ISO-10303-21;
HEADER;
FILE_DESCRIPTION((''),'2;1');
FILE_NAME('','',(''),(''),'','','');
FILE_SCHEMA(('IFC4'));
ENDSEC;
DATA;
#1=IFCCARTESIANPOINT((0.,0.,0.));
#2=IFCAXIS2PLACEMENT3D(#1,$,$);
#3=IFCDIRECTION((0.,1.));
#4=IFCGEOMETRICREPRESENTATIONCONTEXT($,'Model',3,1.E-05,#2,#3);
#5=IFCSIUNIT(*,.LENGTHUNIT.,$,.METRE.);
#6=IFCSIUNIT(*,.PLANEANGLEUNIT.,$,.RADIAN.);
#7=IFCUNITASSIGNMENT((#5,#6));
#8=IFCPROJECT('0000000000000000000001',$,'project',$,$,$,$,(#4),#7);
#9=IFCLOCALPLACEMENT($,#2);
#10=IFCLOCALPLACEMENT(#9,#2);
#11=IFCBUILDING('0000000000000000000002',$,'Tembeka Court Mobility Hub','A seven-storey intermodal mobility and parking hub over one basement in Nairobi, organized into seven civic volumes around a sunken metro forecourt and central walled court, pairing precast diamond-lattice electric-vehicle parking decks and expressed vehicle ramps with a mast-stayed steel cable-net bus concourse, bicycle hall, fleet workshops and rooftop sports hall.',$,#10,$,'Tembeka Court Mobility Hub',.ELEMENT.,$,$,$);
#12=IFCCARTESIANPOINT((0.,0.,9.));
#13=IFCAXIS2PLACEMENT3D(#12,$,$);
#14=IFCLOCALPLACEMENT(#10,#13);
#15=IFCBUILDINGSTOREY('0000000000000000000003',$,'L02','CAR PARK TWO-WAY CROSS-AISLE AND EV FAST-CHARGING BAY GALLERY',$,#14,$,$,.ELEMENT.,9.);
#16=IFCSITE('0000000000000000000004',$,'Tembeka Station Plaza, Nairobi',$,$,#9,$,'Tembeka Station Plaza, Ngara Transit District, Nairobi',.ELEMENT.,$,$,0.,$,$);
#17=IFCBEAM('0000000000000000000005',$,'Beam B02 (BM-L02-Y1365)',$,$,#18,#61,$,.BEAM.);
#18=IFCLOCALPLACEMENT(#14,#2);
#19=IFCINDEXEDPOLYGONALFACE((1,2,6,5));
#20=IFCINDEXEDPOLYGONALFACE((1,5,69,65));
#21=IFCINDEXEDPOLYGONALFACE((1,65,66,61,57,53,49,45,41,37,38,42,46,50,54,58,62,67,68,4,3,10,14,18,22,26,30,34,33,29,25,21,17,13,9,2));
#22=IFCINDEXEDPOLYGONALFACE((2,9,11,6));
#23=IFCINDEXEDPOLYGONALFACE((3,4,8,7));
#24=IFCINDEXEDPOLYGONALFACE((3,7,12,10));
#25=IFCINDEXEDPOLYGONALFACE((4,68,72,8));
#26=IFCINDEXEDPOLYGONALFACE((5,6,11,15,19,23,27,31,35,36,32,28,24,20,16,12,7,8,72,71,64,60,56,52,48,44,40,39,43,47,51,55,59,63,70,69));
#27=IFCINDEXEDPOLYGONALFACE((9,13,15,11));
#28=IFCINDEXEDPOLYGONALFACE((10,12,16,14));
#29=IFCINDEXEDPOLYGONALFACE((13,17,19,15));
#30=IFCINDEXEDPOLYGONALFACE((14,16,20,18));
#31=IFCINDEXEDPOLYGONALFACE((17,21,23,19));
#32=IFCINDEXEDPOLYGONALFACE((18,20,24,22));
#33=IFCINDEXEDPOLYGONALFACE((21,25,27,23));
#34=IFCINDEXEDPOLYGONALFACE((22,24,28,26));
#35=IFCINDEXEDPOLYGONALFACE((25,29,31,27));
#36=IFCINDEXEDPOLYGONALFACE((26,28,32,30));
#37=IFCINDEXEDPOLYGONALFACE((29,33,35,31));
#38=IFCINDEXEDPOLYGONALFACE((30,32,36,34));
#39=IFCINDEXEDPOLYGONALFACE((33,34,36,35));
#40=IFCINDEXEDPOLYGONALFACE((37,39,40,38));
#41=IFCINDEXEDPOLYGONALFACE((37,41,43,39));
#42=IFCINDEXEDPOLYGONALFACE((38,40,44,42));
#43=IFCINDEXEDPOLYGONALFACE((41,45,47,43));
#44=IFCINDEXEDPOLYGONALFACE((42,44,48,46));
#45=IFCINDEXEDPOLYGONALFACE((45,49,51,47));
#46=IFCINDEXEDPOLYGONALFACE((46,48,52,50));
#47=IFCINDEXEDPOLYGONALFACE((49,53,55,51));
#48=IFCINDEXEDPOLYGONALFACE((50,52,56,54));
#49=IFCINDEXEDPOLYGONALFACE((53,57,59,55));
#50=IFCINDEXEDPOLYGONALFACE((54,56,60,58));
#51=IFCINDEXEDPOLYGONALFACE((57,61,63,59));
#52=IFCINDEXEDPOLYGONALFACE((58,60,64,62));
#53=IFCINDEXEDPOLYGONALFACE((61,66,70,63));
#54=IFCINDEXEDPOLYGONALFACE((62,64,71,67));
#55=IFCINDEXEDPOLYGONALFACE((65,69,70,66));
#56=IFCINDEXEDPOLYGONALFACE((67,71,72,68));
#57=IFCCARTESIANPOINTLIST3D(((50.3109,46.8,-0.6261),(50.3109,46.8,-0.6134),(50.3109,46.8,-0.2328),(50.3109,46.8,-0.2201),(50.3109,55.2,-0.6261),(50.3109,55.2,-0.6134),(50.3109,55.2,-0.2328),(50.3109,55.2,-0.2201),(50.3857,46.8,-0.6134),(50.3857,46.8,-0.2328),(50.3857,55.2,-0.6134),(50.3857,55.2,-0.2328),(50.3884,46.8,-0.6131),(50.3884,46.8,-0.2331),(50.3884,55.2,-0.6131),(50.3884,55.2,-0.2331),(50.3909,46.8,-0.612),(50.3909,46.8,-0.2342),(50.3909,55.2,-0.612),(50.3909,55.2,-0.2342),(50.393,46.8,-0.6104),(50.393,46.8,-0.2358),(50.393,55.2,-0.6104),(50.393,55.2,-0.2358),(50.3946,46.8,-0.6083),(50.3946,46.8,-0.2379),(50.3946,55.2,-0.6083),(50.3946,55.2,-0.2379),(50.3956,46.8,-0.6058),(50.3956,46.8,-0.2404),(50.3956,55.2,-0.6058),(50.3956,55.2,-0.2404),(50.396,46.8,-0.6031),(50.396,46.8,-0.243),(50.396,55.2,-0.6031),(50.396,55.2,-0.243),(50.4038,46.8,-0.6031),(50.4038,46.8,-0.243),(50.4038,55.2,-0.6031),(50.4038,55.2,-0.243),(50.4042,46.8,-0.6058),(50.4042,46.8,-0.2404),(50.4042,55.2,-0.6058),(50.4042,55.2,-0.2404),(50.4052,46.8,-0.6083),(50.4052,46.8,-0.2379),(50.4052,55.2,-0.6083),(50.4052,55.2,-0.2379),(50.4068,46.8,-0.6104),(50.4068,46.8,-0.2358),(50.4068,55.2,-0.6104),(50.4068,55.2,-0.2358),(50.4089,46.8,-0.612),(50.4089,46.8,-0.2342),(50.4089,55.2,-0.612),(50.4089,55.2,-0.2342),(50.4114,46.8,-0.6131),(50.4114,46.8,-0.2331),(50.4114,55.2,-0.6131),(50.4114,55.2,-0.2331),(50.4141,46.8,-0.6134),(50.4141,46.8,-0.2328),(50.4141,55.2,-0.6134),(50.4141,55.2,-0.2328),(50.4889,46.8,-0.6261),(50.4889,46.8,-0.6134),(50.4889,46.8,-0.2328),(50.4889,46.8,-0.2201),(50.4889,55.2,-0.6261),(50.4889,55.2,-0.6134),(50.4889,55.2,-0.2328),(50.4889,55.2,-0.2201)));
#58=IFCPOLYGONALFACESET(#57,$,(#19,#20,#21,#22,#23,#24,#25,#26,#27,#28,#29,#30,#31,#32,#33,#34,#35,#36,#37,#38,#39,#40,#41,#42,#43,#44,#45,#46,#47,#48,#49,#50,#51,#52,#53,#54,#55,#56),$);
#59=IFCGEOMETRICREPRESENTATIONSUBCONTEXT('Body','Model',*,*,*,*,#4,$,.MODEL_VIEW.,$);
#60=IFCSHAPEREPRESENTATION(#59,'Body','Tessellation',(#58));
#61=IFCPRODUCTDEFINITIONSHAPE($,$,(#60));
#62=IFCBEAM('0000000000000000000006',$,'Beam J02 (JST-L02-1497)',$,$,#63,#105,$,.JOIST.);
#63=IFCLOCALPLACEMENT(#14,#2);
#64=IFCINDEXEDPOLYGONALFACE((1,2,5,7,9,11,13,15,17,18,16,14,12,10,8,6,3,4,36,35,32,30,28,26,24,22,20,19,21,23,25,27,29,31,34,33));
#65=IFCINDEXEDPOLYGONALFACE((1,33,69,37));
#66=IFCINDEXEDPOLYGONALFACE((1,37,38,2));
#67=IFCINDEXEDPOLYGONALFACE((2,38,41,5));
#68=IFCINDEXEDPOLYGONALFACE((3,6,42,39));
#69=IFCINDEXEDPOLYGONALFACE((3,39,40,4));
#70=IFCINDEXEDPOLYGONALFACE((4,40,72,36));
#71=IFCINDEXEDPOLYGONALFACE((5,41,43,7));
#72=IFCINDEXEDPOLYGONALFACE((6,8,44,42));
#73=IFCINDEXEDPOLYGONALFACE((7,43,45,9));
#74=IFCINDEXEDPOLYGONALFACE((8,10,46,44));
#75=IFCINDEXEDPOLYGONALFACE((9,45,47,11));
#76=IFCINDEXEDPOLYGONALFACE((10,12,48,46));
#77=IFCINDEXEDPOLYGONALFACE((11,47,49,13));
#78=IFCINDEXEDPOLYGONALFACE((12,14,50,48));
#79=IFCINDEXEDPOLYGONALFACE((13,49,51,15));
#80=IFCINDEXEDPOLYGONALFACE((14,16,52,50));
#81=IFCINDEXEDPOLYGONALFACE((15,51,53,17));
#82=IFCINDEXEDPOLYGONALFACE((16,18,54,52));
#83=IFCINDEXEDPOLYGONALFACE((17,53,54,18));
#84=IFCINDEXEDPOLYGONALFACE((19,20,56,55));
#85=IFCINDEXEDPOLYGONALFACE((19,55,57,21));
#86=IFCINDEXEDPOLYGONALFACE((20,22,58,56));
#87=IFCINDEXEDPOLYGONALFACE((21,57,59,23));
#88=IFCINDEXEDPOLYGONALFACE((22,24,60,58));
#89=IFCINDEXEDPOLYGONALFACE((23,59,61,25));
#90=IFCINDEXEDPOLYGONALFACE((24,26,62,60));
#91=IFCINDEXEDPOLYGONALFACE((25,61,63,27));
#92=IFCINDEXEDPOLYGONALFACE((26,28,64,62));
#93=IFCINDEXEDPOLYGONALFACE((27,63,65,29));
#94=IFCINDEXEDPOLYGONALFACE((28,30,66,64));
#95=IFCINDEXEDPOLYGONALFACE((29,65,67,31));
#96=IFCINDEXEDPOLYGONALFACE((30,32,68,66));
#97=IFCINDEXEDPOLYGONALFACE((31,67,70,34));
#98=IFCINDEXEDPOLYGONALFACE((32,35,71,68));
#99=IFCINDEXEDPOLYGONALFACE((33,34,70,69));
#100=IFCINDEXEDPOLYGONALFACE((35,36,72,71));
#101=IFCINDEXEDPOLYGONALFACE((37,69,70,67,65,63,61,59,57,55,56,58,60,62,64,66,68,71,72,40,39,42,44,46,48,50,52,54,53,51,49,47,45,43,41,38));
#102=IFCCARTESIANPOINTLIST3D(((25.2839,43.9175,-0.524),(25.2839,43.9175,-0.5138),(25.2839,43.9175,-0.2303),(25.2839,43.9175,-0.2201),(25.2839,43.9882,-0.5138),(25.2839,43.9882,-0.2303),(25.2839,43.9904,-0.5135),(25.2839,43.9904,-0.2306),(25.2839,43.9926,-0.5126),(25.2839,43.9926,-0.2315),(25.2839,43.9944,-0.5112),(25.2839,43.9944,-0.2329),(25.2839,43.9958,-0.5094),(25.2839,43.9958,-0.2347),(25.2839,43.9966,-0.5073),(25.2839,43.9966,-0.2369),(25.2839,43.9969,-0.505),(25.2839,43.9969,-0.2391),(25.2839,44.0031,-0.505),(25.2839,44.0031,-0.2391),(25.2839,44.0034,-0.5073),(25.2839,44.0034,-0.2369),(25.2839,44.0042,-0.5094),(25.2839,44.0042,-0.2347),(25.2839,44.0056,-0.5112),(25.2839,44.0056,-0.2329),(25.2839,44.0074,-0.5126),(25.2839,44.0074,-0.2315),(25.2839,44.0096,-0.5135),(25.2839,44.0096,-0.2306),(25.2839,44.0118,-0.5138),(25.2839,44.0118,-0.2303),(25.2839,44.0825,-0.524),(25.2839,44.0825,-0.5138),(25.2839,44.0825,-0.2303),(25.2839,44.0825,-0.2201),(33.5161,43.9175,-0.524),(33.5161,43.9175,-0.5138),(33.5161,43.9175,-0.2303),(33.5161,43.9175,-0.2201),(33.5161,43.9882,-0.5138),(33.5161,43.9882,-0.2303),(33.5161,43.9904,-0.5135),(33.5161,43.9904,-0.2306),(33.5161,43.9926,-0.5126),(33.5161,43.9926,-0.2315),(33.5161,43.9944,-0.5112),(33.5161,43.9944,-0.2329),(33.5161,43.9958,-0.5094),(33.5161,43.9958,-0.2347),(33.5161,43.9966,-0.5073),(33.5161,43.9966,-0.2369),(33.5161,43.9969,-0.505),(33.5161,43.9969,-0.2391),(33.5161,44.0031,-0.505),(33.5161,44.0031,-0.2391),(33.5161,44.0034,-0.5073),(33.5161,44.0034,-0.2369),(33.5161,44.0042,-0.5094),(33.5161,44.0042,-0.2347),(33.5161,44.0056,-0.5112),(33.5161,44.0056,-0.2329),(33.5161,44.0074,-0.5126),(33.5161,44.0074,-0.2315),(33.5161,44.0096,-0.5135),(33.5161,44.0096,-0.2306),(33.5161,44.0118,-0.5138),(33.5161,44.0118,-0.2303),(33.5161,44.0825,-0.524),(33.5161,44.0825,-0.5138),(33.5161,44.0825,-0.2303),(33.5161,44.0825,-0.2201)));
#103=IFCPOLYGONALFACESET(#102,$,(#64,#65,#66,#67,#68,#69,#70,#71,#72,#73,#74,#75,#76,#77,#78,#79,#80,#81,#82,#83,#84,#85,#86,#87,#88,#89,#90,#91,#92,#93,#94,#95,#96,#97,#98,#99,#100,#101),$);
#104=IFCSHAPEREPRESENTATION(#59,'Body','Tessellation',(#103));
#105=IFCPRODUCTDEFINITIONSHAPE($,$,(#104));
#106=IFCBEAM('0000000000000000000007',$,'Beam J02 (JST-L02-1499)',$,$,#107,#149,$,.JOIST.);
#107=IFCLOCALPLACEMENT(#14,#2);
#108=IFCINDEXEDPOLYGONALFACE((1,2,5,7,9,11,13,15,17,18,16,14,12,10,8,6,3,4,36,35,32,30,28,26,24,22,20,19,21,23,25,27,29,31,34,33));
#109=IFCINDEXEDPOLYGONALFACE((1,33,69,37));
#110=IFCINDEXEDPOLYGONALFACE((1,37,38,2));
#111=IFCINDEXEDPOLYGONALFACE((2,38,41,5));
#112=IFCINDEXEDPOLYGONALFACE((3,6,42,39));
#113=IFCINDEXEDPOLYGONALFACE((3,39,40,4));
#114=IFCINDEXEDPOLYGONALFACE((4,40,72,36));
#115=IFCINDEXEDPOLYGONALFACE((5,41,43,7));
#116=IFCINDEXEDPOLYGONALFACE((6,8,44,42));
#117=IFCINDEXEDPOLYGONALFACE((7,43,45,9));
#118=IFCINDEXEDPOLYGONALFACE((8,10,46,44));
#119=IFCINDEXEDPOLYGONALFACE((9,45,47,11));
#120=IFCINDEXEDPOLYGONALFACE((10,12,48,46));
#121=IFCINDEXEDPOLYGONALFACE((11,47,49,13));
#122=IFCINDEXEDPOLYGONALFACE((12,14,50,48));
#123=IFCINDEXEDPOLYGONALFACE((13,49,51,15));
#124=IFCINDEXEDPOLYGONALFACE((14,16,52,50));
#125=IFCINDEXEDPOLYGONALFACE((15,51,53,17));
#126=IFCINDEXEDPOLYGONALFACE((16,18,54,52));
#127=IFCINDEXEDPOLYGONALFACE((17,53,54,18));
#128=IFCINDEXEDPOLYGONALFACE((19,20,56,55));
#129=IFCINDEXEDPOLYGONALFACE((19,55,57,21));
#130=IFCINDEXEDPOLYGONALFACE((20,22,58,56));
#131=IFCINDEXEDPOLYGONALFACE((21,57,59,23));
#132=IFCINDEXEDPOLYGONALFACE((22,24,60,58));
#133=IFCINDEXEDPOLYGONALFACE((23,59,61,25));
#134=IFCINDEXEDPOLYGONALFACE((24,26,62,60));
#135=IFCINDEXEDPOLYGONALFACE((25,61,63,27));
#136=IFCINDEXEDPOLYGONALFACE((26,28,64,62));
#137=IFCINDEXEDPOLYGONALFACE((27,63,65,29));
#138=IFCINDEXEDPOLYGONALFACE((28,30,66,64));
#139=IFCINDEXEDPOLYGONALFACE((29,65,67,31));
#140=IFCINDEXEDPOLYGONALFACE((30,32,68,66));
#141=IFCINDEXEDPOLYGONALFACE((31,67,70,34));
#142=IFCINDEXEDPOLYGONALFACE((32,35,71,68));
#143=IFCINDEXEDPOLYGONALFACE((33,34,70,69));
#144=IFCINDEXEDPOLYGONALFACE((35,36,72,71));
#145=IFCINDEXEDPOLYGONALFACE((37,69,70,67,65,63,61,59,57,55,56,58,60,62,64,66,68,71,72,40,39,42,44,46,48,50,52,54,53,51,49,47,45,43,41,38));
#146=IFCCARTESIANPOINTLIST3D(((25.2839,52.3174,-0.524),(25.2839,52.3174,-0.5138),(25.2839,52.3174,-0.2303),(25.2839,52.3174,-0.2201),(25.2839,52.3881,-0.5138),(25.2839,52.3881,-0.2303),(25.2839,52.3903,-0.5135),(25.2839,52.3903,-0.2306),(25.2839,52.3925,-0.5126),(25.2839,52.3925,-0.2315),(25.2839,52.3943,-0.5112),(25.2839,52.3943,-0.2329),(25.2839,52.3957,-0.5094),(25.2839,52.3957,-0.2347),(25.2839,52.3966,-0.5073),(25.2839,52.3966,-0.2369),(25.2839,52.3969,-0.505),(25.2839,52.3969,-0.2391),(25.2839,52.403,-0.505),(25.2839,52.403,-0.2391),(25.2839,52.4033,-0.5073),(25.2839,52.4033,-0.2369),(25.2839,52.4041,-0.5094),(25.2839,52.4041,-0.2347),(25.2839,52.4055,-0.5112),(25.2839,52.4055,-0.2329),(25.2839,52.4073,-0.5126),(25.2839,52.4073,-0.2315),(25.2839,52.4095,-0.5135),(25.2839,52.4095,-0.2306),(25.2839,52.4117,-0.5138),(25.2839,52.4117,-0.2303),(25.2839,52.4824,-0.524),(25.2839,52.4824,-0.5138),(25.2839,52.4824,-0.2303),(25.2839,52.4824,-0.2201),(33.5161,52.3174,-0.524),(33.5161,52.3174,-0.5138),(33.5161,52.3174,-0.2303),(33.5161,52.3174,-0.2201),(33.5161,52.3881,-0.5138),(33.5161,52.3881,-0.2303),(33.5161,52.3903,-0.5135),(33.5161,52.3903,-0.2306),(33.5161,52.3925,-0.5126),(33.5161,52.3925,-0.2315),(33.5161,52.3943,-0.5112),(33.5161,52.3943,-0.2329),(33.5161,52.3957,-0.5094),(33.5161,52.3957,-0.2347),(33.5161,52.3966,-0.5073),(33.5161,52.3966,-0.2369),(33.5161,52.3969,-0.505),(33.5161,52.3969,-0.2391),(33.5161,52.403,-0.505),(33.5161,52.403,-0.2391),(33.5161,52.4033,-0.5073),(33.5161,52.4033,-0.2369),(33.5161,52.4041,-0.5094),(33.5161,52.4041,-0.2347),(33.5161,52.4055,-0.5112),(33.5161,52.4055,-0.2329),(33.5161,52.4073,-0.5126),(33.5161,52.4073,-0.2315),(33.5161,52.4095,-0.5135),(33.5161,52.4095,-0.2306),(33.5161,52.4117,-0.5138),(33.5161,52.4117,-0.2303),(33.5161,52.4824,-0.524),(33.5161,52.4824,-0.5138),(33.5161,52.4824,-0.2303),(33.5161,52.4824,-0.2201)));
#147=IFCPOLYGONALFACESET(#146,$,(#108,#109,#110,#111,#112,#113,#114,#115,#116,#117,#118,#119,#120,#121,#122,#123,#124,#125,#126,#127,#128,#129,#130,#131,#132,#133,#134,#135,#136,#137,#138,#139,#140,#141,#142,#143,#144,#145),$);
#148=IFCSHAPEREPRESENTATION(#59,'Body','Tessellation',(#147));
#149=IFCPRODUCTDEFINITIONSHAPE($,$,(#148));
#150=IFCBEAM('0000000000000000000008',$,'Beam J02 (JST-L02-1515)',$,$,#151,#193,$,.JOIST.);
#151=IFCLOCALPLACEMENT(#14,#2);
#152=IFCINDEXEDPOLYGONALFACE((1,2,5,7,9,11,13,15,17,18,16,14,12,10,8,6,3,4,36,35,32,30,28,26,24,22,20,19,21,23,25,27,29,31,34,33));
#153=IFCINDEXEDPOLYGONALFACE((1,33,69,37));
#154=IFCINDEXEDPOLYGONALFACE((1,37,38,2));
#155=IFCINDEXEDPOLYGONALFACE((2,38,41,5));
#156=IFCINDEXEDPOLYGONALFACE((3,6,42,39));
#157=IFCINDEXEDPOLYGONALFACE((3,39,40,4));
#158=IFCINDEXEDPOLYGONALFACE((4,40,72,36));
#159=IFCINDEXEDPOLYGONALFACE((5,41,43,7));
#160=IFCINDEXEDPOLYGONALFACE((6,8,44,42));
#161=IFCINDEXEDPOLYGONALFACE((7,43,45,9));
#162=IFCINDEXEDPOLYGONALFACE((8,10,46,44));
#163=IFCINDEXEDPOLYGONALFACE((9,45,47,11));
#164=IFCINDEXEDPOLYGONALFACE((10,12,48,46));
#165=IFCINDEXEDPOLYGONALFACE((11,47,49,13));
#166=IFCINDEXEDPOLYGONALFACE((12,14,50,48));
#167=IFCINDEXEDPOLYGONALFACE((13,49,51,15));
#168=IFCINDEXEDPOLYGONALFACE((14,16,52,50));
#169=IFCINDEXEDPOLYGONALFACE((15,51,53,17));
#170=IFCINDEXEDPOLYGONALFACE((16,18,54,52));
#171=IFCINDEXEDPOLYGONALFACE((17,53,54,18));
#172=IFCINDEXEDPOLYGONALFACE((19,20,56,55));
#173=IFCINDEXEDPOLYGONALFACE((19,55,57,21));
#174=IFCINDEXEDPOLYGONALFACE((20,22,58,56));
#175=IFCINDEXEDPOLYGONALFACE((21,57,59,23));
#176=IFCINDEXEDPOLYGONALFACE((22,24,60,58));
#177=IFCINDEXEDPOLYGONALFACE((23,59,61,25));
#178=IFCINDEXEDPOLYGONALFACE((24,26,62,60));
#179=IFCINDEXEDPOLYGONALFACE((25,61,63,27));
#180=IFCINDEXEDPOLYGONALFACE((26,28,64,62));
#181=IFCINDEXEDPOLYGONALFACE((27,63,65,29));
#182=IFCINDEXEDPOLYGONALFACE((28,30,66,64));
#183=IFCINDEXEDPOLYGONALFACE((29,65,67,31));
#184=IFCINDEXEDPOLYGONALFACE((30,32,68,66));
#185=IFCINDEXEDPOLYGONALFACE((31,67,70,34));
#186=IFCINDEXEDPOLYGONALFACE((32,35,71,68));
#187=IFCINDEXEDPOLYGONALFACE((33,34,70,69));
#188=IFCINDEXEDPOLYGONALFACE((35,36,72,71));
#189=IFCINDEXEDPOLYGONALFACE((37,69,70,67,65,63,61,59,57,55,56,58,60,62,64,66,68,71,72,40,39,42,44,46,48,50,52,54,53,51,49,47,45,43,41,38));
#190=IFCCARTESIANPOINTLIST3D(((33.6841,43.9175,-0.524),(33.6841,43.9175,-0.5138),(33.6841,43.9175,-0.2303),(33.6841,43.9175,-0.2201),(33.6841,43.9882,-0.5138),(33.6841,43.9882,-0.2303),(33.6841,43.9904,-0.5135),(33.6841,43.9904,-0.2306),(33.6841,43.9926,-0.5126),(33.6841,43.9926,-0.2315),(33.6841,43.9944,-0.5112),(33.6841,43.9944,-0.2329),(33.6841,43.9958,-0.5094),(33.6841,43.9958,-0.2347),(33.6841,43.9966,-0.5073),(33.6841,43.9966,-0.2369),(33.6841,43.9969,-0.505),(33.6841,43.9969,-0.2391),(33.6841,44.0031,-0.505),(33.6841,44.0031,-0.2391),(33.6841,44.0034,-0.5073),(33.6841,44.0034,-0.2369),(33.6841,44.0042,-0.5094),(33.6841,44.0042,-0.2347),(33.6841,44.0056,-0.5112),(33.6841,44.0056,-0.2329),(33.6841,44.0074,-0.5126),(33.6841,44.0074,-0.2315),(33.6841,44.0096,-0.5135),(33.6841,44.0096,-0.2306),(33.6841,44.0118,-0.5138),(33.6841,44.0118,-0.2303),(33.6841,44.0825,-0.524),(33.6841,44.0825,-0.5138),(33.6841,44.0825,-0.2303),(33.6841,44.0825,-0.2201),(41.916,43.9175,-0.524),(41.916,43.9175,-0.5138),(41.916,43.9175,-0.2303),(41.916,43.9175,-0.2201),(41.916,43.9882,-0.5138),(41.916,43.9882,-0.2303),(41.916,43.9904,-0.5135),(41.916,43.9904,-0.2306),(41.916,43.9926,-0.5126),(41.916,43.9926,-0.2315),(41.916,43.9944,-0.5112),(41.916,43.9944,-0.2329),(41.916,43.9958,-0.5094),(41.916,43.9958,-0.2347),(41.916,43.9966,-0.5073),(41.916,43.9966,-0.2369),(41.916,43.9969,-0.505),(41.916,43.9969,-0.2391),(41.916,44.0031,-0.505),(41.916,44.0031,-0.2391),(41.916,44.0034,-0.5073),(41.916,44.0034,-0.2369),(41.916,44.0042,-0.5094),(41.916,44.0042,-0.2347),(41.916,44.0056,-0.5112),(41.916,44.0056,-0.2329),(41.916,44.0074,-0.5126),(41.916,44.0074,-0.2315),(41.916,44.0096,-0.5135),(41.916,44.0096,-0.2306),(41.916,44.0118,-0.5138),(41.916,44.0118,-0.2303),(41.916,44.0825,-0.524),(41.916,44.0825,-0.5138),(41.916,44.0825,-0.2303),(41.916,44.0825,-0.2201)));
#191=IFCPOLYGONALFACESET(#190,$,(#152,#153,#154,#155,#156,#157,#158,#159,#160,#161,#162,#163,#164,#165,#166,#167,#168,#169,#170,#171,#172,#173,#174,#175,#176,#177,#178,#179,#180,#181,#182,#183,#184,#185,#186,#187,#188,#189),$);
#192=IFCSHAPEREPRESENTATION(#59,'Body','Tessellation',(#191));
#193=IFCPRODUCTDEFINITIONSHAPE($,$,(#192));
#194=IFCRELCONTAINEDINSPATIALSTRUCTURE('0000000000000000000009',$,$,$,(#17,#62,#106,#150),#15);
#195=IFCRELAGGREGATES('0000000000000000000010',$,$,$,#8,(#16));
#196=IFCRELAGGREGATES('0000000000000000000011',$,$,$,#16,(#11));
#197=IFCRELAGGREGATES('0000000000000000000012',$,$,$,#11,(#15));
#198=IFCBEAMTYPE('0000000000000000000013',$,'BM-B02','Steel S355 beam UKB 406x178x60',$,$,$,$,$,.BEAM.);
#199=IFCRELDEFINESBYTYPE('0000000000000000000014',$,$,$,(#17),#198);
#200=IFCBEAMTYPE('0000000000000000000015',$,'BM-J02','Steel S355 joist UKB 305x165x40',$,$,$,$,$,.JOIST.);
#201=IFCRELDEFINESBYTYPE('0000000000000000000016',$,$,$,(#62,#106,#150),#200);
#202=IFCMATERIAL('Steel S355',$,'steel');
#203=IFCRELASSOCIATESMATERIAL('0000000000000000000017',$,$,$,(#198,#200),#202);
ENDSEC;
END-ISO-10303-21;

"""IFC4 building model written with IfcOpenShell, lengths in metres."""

from ifc_helpers import new_model, si_unit, direction, frame, origin, origin_2d, place, context, subcontext, project, spatial, i_section, extrude, material, material_profile, profile_set, type_object, element, save


model = new_model("IFC4")

# Units and contexts
model_context = context("Model", 3, precision=1e-05, world=origin(), true_north=direction((0.0, 1.0)))
body_context = subcontext(model_context, "Body", "Model", "MODEL_VIEW")
ifc_project = project(units=[si_unit("LENGTHUNIT", "METRE"), si_unit("PLANEANGLEUNIT", "RADIAN")], contexts=[model_context])

# Site, building, storey
site_placement = place(None, origin())
site = spatial("IfcSite", under=ifc_project, at=site_placement, Name="Tembeka Station Plaza, Nairobi", LongName="Tembeka Station Plaza, Ngara Transit District, Nairobi", CompositionType="ELEMENT", RefElevation=0.0)
building_placement = place(site_placement, origin())
building = spatial("IfcBuilding", under=site, at=building_placement, Name="Tembeka Court Mobility Hub", Description="A seven-storey intermodal mobility and parking hub over one basement in Nairobi, organized into seven civic volumes around a sunken metro forecourt and central walled court, pairing precast diamond-lattice electric-vehicle parking decks and expressed vehicle ramps with a mast-stayed steel cable-net bus concourse, bicycle hall, fleet workshops and rooftop sports hall.", LongName="Tembeka Court Mobility Hub", CompositionType="ELEMENT")
storey_placement = place(building_placement, frame((0.0, 0.0, 9.0)))
storey = spatial("IfcBuildingStorey", under=building, at=storey_placement, Name="L02", Description="CAR PARK TWO-WAY CROSS-AISLE AND EV FAST-CHARGING BAY GALLERY", CompositionType="ELEMENT", Elevation=9.0)

# Shared definitions
ifc_material_1 = material(Name="Steel S355", Category="steel")

# Beams
ifc_material_profile_1 = material_profile(ifc_material_1, i_section(OverallWidth=0.178, OverallDepth=0.406, WebThickness=0.0078, FlangeThickness=0.0127, FilletRadius=0.0103, at=origin_2d()), Name="UKB 406x178x60")
ifc_profile_set_1 = profile_set([ifc_material_profile_1], Name="Steel S355")
beam_type_1 = type_object("IfcBeamType", Name="BM-B02", Description="Steel S355 beam UKB 406x178x60", PredefinedType="BEAM", material=ifc_profile_set_1)
for number, where, z_axis, x_axis, name in (
    (1, (50.3999, 46.8, -0.4231), (0.0, 1.0, 0.0), (-1.0, 0.0, 0.0), "Beam B02 (BM-L02-Y1365)"),
):
    element("IfcBeam", number, at=place(storey_placement, frame(where, z_axis=z_axis, x_axis=x_axis)), inside=storey, type_object=beam_type_1, Name=name, PredefinedType="BEAM", context=body_context, shape_type="SweptSolid", body=[
        extrude(i_section(OverallWidth=0.178, OverallDepth=0.406, WebThickness=0.0078, FlangeThickness=0.0127, FilletRadius=0.0103, at=origin_2d()), origin(), (0.0, 0.0, 1.0), 8.3999),
    ])
ifc_material_profile_2 = material_profile(ifc_material_1, i_section(OverallWidth=0.165, OverallDepth=0.304, WebThickness=0.0061, FlangeThickness=0.0103, FilletRadius=0.0088, at=origin_2d()), Name="UKB 305x165x40")
ifc_profile_set_2 = profile_set([ifc_material_profile_2], Name="Steel S355")
beam_type_2 = type_object("IfcBeamType", Name="BM-J02", Description="Steel S355 joist UKB 305x165x40", PredefinedType="JOIST", material=ifc_profile_set_2)
for number, where, z_axis, x_axis, name in (
    (2, (25.2839, 44.0, -0.3721), (1.0, 0.0, 0.0), (0.0, 1.0, 0.0), "Beam J02 (JST-L02-1497)"),
    (3, (25.2839, 52.3999, -0.3721), (1.0, 0.0, 0.0), (0.0, 1.0, 0.0), "Beam J02 (JST-L02-1499)"),
):
    element("IfcBeam", number, at=place(storey_placement, frame(where, z_axis=z_axis, x_axis=x_axis)), inside=storey, type_object=beam_type_2, Name=name, PredefinedType="JOIST", context=body_context, shape_type="SweptSolid", body=[
        extrude(i_section(OverallWidth=0.165, OverallDepth=0.304, WebThickness=0.0061, FlangeThickness=0.0103, FilletRadius=0.0088, at=origin_2d()), origin(), (0.0, 0.0, 1.0), 8.2322),
    ])
for number, where, z_axis, x_axis, name in (
    (4, (33.6841, 44.0, -0.3721), (1.0, 0.0, 0.0), (0.0, 1.0, 0.0), "Beam J02 (JST-L02-1515)"),
):
    element("IfcBeam", number, at=place(storey_placement, frame(where, z_axis=z_axis, x_axis=x_axis)), inside=storey, type_object=beam_type_2, Name=name, PredefinedType="JOIST", context=body_context, shape_type="SweptSolid", body=[
        extrude(i_section(OverallWidth=0.165, OverallDepth=0.304, WebThickness=0.0061, FlangeThickness=0.0103, FilletRadius=0.0088, at=origin_2d()), origin(), (0.0, 0.0, 1.0), 8.2319),
    ])

save(model, "model.ifc")
